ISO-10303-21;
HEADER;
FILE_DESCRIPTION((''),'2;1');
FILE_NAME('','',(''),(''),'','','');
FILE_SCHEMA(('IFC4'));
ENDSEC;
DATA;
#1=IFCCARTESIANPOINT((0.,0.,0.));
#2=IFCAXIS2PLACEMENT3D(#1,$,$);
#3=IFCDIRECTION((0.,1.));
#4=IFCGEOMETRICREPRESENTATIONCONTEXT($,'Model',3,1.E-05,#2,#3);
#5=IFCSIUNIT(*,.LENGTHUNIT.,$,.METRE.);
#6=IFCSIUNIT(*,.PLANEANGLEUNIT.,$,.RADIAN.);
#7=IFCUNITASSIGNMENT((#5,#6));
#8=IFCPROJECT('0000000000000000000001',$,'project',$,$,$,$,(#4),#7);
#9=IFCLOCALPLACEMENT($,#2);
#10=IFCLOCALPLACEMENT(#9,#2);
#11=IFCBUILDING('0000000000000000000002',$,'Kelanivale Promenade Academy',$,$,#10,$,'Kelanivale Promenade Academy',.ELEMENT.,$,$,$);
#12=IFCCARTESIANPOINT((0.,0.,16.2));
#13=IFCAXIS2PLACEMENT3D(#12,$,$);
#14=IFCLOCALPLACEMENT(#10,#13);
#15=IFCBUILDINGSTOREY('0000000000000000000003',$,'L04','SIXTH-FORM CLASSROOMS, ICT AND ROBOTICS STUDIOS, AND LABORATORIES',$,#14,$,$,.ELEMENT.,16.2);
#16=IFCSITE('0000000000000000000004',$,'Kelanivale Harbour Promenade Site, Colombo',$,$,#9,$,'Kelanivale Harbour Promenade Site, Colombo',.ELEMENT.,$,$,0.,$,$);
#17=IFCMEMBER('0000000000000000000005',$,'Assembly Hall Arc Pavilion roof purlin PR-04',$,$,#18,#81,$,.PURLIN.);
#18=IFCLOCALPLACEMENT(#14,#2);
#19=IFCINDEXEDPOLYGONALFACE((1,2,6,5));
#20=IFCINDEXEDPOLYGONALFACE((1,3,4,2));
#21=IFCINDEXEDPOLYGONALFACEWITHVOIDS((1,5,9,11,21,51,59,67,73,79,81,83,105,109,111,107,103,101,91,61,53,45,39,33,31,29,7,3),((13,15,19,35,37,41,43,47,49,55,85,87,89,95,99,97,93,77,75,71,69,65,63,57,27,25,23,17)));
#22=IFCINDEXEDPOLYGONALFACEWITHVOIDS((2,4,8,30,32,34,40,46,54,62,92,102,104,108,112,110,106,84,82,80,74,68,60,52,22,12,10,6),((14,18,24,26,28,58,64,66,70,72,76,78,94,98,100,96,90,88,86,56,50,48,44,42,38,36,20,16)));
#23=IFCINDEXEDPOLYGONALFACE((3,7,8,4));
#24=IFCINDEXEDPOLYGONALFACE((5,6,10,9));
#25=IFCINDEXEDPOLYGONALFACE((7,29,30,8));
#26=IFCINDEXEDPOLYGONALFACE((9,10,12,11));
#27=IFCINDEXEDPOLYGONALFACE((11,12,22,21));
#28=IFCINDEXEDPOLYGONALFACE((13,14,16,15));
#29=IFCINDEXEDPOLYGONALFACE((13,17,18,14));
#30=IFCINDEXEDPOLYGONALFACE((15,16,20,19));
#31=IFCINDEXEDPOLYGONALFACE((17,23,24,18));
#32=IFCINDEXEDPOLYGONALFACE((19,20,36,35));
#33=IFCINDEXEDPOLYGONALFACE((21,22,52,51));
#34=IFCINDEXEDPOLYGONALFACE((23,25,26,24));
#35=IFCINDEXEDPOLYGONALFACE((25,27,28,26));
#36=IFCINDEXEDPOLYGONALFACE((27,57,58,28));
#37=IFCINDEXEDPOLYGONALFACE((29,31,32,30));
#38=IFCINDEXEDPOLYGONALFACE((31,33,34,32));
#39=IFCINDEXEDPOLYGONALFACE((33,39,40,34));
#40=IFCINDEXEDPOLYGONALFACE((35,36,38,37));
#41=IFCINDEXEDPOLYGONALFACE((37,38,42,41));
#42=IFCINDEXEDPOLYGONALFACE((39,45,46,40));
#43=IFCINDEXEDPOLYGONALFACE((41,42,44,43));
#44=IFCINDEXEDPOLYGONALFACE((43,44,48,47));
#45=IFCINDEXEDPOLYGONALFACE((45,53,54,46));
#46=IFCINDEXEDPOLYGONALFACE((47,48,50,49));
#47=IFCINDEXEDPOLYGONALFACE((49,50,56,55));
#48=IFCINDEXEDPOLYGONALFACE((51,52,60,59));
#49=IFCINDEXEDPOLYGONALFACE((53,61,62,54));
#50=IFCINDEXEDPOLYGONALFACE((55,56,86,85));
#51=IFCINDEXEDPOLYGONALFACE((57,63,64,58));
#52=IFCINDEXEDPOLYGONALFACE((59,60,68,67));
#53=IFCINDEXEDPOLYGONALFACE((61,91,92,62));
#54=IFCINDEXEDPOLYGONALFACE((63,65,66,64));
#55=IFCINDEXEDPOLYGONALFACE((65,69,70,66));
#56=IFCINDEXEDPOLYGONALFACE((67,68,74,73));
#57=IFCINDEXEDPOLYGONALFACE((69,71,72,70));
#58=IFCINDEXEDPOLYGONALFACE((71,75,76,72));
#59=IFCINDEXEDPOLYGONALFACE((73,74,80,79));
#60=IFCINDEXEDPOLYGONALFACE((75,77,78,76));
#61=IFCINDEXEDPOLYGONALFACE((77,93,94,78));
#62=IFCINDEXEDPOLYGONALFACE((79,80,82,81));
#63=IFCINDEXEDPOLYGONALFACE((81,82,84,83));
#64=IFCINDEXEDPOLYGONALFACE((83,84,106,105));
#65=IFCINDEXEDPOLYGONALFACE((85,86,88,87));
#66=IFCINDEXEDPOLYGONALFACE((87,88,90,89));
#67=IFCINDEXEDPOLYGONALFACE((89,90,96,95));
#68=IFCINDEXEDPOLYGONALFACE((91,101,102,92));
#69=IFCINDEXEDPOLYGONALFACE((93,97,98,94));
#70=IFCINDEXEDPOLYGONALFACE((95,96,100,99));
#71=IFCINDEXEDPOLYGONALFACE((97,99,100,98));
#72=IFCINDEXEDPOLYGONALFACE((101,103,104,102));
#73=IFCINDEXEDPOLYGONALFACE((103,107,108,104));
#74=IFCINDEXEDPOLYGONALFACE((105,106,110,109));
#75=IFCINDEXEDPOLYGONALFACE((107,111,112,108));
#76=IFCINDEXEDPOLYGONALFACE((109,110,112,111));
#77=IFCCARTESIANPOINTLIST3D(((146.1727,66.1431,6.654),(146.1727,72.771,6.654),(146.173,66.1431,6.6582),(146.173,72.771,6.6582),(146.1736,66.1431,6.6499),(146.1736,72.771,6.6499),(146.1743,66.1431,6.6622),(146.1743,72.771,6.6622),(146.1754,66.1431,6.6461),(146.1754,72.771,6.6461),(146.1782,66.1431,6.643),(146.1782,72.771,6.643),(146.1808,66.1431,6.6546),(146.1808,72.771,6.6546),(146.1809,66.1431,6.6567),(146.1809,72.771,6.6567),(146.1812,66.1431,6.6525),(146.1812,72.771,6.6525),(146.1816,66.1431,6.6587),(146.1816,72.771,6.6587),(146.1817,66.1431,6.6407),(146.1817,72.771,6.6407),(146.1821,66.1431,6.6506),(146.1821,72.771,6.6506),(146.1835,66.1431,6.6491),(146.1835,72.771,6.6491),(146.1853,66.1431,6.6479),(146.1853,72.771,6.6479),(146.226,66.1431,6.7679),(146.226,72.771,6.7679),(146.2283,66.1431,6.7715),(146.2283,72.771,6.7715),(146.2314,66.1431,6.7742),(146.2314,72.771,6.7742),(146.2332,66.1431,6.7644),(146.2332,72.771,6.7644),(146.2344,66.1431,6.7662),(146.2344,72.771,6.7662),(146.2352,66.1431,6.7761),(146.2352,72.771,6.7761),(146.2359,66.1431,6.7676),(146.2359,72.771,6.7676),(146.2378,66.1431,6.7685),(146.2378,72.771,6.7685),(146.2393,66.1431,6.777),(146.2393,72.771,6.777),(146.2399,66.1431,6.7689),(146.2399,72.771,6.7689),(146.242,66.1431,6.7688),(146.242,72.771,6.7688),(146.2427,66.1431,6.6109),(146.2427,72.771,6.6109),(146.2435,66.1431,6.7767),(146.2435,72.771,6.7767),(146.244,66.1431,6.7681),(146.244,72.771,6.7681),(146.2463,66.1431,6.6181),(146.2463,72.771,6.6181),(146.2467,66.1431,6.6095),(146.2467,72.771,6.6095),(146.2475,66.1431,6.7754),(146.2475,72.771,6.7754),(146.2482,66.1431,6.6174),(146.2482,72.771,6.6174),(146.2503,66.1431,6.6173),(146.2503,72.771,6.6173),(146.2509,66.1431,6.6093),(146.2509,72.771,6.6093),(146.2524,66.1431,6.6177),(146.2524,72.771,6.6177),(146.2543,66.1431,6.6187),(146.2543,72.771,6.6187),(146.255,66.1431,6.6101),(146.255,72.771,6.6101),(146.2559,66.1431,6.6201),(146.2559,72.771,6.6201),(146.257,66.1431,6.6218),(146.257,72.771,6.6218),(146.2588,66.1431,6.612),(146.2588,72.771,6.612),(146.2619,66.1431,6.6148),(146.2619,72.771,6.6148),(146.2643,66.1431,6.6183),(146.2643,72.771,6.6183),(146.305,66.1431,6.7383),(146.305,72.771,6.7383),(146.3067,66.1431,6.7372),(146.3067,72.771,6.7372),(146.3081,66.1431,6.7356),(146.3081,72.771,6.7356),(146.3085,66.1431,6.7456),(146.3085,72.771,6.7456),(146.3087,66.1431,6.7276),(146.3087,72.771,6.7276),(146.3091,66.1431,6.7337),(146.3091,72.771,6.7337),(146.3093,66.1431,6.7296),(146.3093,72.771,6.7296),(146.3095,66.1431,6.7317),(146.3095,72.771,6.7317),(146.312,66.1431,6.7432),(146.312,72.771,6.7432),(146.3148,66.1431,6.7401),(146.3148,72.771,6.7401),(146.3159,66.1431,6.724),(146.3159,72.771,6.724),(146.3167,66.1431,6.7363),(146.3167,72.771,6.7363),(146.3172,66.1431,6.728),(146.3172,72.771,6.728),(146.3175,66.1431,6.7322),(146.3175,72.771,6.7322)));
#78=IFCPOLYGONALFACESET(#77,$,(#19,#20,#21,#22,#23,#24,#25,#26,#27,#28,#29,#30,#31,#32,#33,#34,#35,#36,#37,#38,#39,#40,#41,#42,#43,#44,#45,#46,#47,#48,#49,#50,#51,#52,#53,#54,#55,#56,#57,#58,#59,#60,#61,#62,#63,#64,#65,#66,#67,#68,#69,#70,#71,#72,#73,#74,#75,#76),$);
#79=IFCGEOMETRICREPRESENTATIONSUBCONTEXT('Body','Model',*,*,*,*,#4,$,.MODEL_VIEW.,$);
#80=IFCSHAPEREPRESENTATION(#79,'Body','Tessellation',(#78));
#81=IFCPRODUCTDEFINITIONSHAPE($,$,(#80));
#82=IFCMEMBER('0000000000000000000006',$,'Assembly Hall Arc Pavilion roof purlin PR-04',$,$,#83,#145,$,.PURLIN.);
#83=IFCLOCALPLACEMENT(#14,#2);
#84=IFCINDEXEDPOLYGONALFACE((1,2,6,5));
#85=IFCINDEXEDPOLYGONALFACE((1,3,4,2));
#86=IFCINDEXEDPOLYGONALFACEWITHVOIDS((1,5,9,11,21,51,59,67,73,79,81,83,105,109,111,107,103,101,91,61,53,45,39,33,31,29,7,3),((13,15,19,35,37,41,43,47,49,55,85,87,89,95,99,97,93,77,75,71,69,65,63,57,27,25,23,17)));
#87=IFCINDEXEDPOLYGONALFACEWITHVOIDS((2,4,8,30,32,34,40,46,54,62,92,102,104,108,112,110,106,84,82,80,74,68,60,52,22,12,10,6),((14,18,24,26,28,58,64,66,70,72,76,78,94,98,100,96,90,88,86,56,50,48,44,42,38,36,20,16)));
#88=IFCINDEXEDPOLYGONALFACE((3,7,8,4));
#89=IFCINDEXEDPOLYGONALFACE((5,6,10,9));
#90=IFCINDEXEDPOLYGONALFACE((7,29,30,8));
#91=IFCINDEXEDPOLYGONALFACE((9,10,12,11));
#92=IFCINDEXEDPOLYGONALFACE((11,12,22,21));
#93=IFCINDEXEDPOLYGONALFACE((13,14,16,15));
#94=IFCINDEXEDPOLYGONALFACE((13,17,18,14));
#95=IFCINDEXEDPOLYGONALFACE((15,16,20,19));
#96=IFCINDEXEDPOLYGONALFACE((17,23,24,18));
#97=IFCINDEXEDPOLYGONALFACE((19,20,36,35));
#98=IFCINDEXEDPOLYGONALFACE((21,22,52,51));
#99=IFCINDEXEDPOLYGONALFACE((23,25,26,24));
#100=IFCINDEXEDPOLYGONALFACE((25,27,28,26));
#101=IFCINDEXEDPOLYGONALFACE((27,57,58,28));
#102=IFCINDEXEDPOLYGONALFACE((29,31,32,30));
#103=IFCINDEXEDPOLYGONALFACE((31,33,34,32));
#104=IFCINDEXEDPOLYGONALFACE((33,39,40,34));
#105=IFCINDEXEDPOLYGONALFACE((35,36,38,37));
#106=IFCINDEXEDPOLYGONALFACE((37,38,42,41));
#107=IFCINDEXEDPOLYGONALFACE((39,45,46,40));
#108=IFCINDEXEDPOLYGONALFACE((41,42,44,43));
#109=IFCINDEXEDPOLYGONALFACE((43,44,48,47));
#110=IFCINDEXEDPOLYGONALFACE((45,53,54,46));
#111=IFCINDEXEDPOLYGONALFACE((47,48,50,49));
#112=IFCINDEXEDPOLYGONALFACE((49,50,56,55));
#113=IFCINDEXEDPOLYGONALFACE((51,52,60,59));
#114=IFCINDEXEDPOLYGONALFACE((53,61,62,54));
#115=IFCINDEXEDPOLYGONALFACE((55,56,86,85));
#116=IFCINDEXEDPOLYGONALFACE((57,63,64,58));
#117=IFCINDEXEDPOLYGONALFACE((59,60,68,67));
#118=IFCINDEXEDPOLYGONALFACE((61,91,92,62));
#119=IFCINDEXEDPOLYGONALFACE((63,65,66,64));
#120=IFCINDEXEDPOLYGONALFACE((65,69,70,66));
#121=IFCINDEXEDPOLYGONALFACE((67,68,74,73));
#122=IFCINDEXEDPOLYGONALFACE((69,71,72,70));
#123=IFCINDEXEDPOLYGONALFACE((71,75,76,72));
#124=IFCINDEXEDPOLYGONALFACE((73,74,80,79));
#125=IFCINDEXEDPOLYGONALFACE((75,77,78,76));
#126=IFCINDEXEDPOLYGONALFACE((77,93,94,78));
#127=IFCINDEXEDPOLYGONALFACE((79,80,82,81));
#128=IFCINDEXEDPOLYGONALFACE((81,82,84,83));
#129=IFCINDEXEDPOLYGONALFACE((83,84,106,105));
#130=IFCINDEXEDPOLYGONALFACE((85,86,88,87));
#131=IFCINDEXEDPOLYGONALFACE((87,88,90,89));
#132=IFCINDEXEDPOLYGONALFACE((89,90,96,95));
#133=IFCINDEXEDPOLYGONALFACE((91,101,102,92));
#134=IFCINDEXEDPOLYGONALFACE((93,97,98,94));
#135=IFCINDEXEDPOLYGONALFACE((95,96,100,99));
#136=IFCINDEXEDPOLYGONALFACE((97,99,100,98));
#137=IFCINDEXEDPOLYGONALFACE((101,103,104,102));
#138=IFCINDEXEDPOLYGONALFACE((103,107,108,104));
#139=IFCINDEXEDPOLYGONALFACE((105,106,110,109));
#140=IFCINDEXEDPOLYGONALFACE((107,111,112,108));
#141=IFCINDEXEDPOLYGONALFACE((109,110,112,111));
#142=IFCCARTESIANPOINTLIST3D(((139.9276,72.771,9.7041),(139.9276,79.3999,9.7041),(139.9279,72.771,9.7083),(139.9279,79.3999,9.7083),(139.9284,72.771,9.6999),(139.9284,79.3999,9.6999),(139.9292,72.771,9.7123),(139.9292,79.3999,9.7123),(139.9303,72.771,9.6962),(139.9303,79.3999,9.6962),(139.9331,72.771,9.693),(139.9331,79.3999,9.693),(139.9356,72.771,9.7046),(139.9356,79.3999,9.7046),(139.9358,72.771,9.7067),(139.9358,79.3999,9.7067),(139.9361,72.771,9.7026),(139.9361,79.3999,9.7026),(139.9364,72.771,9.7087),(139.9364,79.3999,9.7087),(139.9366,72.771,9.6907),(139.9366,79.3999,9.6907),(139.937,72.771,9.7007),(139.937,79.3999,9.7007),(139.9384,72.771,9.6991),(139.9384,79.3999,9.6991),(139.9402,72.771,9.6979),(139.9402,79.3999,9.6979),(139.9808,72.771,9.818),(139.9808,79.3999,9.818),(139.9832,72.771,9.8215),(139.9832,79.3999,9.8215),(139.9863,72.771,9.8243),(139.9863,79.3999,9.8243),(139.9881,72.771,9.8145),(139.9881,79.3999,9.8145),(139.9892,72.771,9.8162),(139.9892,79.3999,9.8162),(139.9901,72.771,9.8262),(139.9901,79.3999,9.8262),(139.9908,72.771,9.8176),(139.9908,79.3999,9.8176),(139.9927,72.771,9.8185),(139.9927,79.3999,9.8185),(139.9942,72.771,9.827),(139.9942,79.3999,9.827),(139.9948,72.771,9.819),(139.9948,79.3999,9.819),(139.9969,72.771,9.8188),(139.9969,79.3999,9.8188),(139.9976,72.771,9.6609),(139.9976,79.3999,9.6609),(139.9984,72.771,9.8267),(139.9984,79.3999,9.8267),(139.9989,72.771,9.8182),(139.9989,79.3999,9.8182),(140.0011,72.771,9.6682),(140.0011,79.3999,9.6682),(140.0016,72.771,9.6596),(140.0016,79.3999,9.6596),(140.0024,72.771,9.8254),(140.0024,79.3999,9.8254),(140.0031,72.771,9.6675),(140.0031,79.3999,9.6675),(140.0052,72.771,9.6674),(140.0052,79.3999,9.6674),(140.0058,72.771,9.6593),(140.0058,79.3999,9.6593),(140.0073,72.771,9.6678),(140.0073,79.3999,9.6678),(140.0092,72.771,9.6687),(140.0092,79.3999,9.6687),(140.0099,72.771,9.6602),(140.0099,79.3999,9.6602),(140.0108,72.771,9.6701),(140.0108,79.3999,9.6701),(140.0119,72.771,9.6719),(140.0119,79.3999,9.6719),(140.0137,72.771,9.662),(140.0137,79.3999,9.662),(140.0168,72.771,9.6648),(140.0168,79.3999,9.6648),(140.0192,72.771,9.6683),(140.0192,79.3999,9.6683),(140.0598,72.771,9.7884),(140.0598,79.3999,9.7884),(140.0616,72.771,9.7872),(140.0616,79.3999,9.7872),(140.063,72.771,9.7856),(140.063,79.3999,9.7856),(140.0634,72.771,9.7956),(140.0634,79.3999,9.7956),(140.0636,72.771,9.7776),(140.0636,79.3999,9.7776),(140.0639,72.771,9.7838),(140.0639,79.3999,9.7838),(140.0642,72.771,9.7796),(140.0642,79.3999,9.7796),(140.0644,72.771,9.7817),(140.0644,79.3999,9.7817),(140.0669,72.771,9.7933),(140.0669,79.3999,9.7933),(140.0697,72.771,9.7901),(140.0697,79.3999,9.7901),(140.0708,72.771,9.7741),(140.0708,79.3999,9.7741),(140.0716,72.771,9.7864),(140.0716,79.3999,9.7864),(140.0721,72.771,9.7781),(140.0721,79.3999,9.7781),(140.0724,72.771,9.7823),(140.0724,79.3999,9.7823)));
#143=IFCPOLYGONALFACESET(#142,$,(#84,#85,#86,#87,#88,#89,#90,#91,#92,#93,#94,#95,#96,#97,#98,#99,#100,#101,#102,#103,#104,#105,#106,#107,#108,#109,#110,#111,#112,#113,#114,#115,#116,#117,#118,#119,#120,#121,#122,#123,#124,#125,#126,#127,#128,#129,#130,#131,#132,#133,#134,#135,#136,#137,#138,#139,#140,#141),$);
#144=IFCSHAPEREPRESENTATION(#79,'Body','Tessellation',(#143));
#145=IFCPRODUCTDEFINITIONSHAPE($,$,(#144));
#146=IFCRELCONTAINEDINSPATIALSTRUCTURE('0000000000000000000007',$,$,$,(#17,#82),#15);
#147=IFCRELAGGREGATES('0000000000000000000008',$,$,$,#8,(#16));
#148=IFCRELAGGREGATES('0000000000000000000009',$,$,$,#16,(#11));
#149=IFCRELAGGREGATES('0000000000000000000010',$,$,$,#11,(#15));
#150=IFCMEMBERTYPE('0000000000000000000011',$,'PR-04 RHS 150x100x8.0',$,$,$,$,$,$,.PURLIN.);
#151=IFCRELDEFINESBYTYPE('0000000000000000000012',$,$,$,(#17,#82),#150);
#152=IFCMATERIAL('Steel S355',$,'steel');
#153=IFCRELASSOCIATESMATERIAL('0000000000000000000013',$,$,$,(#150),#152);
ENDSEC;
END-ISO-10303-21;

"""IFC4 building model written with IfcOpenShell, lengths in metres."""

from ifc_helpers import new_model, si_unit, direction, frame, origin, origin_2d, place, context, subcontext, project, spatial, hollow_rectangle, extrude, material, material_profile, profile_set, type_object, element, save


model = new_model("IFC4")

# Units and contexts
model_context = context("Model", 3, precision=1e-05, world=origin(), true_north=direction((0.0, 1.0)))
body_context = subcontext(model_context, "Body", "Model", "MODEL_VIEW")
ifc_project = project(units=[si_unit("LENGTHUNIT", "METRE"), si_unit("PLANEANGLEUNIT", "RADIAN")], contexts=[model_context])

# Site, building, storey
site_placement = place(None, origin())
site = spatial("IfcSite", under=ifc_project, at=site_placement, Name="Kelanivale Harbour Promenade Site, Colombo", LongName="Kelanivale Harbour Promenade Site, Colombo", CompositionType="ELEMENT", RefElevation=0.0)
building_placement = place(site_placement, origin())
building = spatial("IfcBuilding", under=site, at=building_placement, Name="Kelanivale Promenade Academy", LongName="Kelanivale Promenade Academy", CompositionType="ELEMENT")
storey_placement = place(building_placement, frame((0.0, 0.0, 16.2)))
storey = spatial("IfcBuildingStorey", under=building, at=storey_placement, Name="L04", Description="SIXTH-FORM CLASSROOMS, ICT AND ROBOTICS STUDIOS, AND LABORATORIES", CompositionType="ELEMENT", Elevation=16.2)

# Members
ifc_material = material(Name="Steel S355", Category="steel")
ifc_material_profile_1 = material_profile(ifc_material, hollow_rectangle(XDim=0.1001, YDim=0.1499, WallThickness=0.0081, InnerFilletRadius=0.0081, OuterFilletRadius=0.0161, at=origin_2d()), Name="RHS 150x100x8.0")
ifc_profile_set_1 = profile_set([ifc_material_profile_1], Name="Steel S355")
member_type_1 = type_object("IfcMemberType", Name="PR-04 RHS 150x100x8.0", PredefinedType="PURLIN", material=ifc_profile_set_1)
member_1_placement = place(storey_placement, frame((146.2451, 66.1431, 6.6931), z_axis=(0.0, 1.0, 0.0), x_axis=(-0.898564, 0.0, 0.438842)))
element("IfcMember", 1, at=member_1_placement, inside=storey, type_object=member_type_1, Name="Assembly Hall Arc Pavilion roof purlin PR-04", PredefinedType="PURLIN", context=body_context, shape_type="SweptSolid", body=[
    extrude(hollow_rectangle(XDim=0.1001, YDim=0.1499, WallThickness=0.0081, InnerFilletRadius=0.0081, OuterFilletRadius=0.0161, at=origin_2d()), origin(), (0.0, 0.0, 1.0), 6.6279),
])
member_2_placement = place(storey_placement, frame((140.0, 72.771, 9.7432), z_axis=(0.0, 1.0, 0.0), x_axis=(-0.898564, 0.0, 0.438842)))
element("IfcMember", 2, at=member_2_placement, inside=storey, type_object=member_type_1, Name="Assembly Hall Arc Pavilion roof purlin PR-04", PredefinedType="PURLIN", context=body_context, shape_type="SweptSolid", body=[
    extrude(hollow_rectangle(XDim=0.1001, YDim=0.1499, WallThickness=0.0081, InnerFilletRadius=0.0081, OuterFilletRadius=0.0161, at=origin_2d()), origin(), (0.0, 0.0, 1.0), 6.6289),
])

save(model, "model.ifc")
